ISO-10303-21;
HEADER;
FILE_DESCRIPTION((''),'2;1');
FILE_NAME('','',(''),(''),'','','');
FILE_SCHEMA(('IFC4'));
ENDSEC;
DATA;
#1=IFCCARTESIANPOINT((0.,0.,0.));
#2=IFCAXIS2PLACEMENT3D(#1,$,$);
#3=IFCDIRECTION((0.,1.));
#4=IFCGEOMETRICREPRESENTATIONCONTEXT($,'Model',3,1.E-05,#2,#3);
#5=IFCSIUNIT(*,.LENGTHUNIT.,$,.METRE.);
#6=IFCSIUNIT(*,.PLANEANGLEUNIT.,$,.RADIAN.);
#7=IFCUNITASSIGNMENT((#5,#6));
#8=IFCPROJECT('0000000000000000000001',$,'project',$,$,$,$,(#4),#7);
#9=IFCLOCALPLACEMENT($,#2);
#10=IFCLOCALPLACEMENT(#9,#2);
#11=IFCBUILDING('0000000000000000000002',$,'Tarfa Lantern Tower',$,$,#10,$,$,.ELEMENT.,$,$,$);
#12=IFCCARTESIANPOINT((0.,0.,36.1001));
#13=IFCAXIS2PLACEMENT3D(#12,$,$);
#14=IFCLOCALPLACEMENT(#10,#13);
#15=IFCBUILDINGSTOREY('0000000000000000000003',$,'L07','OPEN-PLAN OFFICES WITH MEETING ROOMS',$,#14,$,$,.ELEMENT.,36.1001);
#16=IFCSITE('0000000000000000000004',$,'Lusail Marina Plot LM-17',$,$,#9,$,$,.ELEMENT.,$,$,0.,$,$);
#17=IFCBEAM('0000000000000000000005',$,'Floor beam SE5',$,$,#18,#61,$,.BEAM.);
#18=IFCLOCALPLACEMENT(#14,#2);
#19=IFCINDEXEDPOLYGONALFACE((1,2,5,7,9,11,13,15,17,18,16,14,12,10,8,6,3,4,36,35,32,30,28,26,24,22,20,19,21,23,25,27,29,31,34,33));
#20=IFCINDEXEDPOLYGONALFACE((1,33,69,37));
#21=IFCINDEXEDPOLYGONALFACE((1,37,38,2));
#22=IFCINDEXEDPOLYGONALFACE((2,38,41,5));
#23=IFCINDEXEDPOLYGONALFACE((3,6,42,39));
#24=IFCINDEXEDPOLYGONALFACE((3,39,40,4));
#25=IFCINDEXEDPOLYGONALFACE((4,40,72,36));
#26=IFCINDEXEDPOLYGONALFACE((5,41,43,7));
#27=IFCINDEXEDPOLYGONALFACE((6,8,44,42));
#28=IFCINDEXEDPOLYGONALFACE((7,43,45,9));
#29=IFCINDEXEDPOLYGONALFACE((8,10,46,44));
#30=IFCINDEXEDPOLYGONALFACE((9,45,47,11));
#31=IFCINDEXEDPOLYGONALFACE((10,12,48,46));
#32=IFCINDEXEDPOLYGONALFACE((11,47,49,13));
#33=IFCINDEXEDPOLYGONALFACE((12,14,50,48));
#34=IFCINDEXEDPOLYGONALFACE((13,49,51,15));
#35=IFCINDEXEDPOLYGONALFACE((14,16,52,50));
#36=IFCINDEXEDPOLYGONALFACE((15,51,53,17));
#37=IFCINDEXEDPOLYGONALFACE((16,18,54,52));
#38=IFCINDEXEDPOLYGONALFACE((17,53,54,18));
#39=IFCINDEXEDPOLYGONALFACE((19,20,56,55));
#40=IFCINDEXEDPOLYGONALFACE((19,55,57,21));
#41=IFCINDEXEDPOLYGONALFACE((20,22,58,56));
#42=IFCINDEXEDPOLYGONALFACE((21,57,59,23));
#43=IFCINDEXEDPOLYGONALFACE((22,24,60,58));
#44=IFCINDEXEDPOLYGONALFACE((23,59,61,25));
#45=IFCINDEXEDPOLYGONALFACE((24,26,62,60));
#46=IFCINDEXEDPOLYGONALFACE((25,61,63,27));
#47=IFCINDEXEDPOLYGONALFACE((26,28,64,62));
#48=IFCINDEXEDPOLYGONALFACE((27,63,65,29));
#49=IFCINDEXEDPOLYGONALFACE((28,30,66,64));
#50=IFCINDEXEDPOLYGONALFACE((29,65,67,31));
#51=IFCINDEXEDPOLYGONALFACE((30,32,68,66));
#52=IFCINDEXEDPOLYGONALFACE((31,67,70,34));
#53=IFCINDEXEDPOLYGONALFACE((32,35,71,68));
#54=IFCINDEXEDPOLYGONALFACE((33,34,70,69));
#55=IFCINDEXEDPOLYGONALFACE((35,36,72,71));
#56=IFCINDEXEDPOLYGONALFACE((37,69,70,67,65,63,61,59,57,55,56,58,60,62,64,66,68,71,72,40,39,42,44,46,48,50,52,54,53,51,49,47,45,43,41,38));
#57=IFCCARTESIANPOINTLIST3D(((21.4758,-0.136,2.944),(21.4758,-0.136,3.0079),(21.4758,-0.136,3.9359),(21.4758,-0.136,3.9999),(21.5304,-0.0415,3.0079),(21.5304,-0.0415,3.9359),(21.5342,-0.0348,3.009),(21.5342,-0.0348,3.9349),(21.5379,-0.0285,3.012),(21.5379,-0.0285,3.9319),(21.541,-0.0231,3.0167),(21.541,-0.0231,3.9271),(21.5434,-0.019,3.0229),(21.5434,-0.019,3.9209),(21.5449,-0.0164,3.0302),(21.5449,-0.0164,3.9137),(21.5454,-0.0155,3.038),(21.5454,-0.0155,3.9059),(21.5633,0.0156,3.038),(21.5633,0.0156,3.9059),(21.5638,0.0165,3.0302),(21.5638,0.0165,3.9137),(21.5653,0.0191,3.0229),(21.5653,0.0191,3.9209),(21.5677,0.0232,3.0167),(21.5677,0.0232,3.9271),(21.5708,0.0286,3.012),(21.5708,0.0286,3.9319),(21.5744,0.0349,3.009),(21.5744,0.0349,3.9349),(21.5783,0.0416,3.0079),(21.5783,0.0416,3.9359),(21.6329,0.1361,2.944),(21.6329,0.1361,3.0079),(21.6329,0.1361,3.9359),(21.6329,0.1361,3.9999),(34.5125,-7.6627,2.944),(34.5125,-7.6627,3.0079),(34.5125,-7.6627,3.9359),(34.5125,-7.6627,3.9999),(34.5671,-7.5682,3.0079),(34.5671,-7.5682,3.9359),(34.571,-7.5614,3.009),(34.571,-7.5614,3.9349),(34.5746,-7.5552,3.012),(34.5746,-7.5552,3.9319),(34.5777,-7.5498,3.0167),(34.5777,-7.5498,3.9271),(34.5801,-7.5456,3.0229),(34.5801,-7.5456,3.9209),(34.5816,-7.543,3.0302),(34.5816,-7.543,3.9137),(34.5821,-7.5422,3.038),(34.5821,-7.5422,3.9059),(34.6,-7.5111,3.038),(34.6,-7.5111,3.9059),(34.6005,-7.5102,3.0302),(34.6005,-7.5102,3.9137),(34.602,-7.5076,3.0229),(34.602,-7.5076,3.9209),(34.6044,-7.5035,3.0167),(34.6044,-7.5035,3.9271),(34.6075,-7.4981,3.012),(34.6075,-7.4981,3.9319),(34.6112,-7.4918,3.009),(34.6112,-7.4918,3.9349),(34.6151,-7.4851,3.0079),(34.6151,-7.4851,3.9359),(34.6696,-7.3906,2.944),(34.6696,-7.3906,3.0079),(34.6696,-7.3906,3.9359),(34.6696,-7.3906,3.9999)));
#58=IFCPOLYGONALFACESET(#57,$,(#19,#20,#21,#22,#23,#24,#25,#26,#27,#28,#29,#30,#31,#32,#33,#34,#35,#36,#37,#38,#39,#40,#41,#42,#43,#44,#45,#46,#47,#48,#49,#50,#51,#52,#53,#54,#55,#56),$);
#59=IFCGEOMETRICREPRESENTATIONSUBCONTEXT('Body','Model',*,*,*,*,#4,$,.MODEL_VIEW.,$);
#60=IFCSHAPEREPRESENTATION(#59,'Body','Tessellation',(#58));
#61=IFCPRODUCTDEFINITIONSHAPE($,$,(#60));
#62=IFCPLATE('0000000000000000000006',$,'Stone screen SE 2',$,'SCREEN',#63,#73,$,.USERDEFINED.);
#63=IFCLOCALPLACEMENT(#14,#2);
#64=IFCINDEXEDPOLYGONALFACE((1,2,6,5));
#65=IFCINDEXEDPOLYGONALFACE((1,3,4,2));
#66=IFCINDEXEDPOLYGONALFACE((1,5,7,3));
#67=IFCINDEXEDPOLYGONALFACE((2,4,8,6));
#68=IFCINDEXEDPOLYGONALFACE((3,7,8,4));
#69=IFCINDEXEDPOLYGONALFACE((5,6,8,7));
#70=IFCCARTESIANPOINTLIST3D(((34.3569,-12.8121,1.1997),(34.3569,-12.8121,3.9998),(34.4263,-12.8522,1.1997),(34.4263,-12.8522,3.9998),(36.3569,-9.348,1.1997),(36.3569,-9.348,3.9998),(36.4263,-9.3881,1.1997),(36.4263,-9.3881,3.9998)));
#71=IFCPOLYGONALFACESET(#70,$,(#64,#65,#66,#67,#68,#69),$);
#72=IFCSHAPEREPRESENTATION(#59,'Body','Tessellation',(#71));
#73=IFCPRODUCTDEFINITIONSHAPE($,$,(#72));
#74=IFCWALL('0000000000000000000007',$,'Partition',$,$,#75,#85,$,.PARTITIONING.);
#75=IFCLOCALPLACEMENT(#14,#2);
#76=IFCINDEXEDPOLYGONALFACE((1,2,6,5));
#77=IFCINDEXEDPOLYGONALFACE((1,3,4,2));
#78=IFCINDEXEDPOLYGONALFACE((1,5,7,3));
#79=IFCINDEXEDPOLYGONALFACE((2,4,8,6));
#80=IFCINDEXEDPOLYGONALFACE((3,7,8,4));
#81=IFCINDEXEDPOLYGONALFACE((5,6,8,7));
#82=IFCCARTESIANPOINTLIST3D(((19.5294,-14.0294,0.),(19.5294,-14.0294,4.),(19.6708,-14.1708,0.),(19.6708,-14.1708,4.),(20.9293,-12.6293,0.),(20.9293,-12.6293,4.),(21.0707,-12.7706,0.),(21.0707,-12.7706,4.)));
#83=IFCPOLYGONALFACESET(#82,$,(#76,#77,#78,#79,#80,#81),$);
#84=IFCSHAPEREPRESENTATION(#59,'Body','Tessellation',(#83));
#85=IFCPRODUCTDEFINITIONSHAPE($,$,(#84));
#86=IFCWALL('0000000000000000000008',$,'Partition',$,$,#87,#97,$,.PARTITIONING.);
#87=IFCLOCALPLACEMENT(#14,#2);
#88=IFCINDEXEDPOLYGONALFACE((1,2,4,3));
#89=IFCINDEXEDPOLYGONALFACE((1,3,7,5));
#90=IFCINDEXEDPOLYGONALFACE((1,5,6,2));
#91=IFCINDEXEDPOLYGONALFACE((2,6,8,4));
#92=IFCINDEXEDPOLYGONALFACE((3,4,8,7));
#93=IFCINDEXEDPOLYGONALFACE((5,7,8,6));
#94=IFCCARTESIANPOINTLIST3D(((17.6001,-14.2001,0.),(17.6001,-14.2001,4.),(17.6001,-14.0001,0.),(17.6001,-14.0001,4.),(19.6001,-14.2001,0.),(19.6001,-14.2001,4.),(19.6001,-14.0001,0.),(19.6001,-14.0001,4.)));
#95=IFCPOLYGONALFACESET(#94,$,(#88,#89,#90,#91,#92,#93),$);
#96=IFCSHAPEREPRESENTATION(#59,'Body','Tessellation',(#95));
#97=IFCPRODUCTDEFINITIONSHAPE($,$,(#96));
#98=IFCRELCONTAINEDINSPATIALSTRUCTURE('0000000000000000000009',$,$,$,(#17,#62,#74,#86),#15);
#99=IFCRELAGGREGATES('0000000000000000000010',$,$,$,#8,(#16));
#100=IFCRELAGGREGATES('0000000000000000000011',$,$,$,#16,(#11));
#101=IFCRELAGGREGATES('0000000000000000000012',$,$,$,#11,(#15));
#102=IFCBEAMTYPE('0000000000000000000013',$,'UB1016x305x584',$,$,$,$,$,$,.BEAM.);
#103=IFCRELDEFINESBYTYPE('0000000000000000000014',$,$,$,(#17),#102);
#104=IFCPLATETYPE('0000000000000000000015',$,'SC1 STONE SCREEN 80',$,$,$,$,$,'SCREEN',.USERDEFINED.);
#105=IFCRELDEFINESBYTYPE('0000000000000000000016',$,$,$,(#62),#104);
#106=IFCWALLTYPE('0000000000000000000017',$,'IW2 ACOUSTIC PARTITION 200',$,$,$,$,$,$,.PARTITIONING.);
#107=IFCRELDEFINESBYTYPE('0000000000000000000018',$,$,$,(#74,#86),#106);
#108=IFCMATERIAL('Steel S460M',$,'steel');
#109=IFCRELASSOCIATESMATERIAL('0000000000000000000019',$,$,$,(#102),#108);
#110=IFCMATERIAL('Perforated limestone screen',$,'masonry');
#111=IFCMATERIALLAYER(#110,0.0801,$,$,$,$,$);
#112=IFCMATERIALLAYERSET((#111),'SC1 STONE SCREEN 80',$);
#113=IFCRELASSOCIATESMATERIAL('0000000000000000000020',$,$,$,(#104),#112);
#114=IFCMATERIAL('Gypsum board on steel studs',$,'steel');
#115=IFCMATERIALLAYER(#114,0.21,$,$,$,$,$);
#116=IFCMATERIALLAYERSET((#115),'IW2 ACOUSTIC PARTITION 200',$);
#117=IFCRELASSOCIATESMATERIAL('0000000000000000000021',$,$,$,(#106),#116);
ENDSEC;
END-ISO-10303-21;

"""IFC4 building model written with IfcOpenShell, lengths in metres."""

from ifc_helpers import new_model, si_unit, direction, frame, frame_2d, origin, origin_2d, place, context, subcontext, project, spatial, rectangle, i_section, extrude, material, layer, layer_set, material_profile, profile_set, type_object, element, save


model = new_model("IFC4")

# Units and contexts
model_context = context("Model", 3, precision=1e-05, world=origin(), true_north=direction((0.0, 1.0)))
body_context = subcontext(model_context, "Body", "Model", "MODEL_VIEW")
ifc_project = project(units=[si_unit("LENGTHUNIT", "METRE"), si_unit("PLANEANGLEUNIT", "RADIAN")], contexts=[model_context])

# Site, building, storey
site_placement = place(None, origin())
site = spatial("IfcSite", under=ifc_project, at=site_placement, Name="Lusail Marina Plot LM-17", CompositionType="ELEMENT", RefElevation=0.0)
building_placement = place(site_placement, origin())
building = spatial("IfcBuilding", under=site, at=building_placement, Name="Tarfa Lantern Tower", CompositionType="ELEMENT")
storey_placement = place(building_placement, frame((0.0, 0.0, 36.1001)))
storey = spatial("IfcBuildingStorey", under=building, at=storey_placement, Name="L07", Description="OPEN-PLAN OFFICES WITH MEETING ROOMS", CompositionType="ELEMENT", Elevation=36.1001)

# Beam
ifc_material_1 = material(Name="Steel S460M", Category="steel")
ifc_material_profile_1 = material_profile(ifc_material_1, i_section(OverallWidth=0.3142, OverallDepth=1.0559, WebThickness=0.0359, FlangeThickness=0.064, FilletRadius=0.03, at=origin_2d()), Name="UB1016x305x584")
ifc_profile_set_1 = profile_set([ifc_material_profile_1], Name="Steel S460M")
beam_type_1 = type_object("IfcBeamType", Name="UB1016x305x584", PredefinedType="BEAM", material=ifc_profile_set_1)
beam_1_placement = place(storey_placement, frame((34.5911, -7.5266, 3.4719), z_axis=(-0.866028, 0.499996, 0.0), x_axis=(-0.499996, -0.866028, 0.0)))
element("IfcBeam", 1, at=beam_1_placement, inside=storey, type_object=beam_type_1, Name="Floor beam SE5", PredefinedType="BEAM", context=body_context, shape_type="SweptSolid", body=[
    extrude(i_section(OverallWidth=0.3142, OverallDepth=1.0559, WebThickness=0.0359, FlangeThickness=0.064, FilletRadius=0.03, at=origin_2d()), origin(), (0.0, 0.0, 1.0), 15.0535),
])

# Plate
ifc_material_2 = material(Name="Perforated limestone screen", Category="masonry")
ifc_layer_1 = layer(ifc_material_2, 0.0801)
ifc_layer_set_1 = layer_set([ifc_layer_1], Name="SC1 STONE SCREEN 80")
plate_type = type_object("IfcPlateType", Name="SC1 STONE SCREEN 80", ElementType="SCREEN", PredefinedType="USERDEFINED", material=ifc_layer_set_1)
plate_placement = place(storey_placement, frame((35.3916, -11.1001, 1.1997), z_axis=(0.0, 0.0, 1.0), x_axis=(0.5, 0.866025, 0.0)))
element("IfcPlate", 2, at=plate_placement, inside=storey, type_object=plate_type, Name="Stone screen SE 2", ObjectType="SCREEN", PredefinedType="USERDEFINED", context=body_context, shape_type="SweptSolid", body=[
    extrude(rectangle(XDim=4.0, YDim=0.0801, at=origin_2d()), origin(), (0.0, 0.0, 1.0), 2.8),
])

# Walls
ifc_material_3 = material(Name="Gypsum board on steel studs", Category="steel")
ifc_layer_2 = layer(ifc_material_3, 0.21)
ifc_layer_set_2 = layer_set([ifc_layer_2], Name="IW2 ACOUSTIC PARTITION 200")
wall_type = type_object("IfcWallType", Name="IW2 ACOUSTIC PARTITION 200", PredefinedType="PARTITIONING", material=ifc_layer_set_2)
wall_1_placement = place(storey_placement, frame((21.0, -12.7, 0.0), z_axis=(0.0, 0.0, 1.0), x_axis=(-0.707045, -0.707168, 0.0)))
element("IfcWall", 3, at=wall_1_placement, inside=storey, type_object=wall_type, Name="Partition", PredefinedType="PARTITIONING", context=body_context, shape_type="SweptSolid", body=[
    extrude(rectangle(XDim=1.98, YDim=0.2, at=frame_2d((0.99, 0.0))), origin(), (0.0, 0.0, 1.0), 4.0),
])
wall_2_placement = place(storey_placement, frame((19.6001, -14.1001, 0.0), z_axis=(0.0, 0.0, 1.0), x_axis=(-1.0, 0.0, 0.0)))
element("IfcWall", 4, at=wall_2_placement, inside=storey, type_object=wall_type, Name="Partition", PredefinedType="PARTITIONING", context=body_context, shape_type="SweptSolid", body=[
    extrude(rectangle(XDim=2.0, YDim=0.2, at=frame_2d((1.0, 0.0))), origin(), (0.0, 0.0, 1.0), 4.0),
])

save(model, "model.ifc")
